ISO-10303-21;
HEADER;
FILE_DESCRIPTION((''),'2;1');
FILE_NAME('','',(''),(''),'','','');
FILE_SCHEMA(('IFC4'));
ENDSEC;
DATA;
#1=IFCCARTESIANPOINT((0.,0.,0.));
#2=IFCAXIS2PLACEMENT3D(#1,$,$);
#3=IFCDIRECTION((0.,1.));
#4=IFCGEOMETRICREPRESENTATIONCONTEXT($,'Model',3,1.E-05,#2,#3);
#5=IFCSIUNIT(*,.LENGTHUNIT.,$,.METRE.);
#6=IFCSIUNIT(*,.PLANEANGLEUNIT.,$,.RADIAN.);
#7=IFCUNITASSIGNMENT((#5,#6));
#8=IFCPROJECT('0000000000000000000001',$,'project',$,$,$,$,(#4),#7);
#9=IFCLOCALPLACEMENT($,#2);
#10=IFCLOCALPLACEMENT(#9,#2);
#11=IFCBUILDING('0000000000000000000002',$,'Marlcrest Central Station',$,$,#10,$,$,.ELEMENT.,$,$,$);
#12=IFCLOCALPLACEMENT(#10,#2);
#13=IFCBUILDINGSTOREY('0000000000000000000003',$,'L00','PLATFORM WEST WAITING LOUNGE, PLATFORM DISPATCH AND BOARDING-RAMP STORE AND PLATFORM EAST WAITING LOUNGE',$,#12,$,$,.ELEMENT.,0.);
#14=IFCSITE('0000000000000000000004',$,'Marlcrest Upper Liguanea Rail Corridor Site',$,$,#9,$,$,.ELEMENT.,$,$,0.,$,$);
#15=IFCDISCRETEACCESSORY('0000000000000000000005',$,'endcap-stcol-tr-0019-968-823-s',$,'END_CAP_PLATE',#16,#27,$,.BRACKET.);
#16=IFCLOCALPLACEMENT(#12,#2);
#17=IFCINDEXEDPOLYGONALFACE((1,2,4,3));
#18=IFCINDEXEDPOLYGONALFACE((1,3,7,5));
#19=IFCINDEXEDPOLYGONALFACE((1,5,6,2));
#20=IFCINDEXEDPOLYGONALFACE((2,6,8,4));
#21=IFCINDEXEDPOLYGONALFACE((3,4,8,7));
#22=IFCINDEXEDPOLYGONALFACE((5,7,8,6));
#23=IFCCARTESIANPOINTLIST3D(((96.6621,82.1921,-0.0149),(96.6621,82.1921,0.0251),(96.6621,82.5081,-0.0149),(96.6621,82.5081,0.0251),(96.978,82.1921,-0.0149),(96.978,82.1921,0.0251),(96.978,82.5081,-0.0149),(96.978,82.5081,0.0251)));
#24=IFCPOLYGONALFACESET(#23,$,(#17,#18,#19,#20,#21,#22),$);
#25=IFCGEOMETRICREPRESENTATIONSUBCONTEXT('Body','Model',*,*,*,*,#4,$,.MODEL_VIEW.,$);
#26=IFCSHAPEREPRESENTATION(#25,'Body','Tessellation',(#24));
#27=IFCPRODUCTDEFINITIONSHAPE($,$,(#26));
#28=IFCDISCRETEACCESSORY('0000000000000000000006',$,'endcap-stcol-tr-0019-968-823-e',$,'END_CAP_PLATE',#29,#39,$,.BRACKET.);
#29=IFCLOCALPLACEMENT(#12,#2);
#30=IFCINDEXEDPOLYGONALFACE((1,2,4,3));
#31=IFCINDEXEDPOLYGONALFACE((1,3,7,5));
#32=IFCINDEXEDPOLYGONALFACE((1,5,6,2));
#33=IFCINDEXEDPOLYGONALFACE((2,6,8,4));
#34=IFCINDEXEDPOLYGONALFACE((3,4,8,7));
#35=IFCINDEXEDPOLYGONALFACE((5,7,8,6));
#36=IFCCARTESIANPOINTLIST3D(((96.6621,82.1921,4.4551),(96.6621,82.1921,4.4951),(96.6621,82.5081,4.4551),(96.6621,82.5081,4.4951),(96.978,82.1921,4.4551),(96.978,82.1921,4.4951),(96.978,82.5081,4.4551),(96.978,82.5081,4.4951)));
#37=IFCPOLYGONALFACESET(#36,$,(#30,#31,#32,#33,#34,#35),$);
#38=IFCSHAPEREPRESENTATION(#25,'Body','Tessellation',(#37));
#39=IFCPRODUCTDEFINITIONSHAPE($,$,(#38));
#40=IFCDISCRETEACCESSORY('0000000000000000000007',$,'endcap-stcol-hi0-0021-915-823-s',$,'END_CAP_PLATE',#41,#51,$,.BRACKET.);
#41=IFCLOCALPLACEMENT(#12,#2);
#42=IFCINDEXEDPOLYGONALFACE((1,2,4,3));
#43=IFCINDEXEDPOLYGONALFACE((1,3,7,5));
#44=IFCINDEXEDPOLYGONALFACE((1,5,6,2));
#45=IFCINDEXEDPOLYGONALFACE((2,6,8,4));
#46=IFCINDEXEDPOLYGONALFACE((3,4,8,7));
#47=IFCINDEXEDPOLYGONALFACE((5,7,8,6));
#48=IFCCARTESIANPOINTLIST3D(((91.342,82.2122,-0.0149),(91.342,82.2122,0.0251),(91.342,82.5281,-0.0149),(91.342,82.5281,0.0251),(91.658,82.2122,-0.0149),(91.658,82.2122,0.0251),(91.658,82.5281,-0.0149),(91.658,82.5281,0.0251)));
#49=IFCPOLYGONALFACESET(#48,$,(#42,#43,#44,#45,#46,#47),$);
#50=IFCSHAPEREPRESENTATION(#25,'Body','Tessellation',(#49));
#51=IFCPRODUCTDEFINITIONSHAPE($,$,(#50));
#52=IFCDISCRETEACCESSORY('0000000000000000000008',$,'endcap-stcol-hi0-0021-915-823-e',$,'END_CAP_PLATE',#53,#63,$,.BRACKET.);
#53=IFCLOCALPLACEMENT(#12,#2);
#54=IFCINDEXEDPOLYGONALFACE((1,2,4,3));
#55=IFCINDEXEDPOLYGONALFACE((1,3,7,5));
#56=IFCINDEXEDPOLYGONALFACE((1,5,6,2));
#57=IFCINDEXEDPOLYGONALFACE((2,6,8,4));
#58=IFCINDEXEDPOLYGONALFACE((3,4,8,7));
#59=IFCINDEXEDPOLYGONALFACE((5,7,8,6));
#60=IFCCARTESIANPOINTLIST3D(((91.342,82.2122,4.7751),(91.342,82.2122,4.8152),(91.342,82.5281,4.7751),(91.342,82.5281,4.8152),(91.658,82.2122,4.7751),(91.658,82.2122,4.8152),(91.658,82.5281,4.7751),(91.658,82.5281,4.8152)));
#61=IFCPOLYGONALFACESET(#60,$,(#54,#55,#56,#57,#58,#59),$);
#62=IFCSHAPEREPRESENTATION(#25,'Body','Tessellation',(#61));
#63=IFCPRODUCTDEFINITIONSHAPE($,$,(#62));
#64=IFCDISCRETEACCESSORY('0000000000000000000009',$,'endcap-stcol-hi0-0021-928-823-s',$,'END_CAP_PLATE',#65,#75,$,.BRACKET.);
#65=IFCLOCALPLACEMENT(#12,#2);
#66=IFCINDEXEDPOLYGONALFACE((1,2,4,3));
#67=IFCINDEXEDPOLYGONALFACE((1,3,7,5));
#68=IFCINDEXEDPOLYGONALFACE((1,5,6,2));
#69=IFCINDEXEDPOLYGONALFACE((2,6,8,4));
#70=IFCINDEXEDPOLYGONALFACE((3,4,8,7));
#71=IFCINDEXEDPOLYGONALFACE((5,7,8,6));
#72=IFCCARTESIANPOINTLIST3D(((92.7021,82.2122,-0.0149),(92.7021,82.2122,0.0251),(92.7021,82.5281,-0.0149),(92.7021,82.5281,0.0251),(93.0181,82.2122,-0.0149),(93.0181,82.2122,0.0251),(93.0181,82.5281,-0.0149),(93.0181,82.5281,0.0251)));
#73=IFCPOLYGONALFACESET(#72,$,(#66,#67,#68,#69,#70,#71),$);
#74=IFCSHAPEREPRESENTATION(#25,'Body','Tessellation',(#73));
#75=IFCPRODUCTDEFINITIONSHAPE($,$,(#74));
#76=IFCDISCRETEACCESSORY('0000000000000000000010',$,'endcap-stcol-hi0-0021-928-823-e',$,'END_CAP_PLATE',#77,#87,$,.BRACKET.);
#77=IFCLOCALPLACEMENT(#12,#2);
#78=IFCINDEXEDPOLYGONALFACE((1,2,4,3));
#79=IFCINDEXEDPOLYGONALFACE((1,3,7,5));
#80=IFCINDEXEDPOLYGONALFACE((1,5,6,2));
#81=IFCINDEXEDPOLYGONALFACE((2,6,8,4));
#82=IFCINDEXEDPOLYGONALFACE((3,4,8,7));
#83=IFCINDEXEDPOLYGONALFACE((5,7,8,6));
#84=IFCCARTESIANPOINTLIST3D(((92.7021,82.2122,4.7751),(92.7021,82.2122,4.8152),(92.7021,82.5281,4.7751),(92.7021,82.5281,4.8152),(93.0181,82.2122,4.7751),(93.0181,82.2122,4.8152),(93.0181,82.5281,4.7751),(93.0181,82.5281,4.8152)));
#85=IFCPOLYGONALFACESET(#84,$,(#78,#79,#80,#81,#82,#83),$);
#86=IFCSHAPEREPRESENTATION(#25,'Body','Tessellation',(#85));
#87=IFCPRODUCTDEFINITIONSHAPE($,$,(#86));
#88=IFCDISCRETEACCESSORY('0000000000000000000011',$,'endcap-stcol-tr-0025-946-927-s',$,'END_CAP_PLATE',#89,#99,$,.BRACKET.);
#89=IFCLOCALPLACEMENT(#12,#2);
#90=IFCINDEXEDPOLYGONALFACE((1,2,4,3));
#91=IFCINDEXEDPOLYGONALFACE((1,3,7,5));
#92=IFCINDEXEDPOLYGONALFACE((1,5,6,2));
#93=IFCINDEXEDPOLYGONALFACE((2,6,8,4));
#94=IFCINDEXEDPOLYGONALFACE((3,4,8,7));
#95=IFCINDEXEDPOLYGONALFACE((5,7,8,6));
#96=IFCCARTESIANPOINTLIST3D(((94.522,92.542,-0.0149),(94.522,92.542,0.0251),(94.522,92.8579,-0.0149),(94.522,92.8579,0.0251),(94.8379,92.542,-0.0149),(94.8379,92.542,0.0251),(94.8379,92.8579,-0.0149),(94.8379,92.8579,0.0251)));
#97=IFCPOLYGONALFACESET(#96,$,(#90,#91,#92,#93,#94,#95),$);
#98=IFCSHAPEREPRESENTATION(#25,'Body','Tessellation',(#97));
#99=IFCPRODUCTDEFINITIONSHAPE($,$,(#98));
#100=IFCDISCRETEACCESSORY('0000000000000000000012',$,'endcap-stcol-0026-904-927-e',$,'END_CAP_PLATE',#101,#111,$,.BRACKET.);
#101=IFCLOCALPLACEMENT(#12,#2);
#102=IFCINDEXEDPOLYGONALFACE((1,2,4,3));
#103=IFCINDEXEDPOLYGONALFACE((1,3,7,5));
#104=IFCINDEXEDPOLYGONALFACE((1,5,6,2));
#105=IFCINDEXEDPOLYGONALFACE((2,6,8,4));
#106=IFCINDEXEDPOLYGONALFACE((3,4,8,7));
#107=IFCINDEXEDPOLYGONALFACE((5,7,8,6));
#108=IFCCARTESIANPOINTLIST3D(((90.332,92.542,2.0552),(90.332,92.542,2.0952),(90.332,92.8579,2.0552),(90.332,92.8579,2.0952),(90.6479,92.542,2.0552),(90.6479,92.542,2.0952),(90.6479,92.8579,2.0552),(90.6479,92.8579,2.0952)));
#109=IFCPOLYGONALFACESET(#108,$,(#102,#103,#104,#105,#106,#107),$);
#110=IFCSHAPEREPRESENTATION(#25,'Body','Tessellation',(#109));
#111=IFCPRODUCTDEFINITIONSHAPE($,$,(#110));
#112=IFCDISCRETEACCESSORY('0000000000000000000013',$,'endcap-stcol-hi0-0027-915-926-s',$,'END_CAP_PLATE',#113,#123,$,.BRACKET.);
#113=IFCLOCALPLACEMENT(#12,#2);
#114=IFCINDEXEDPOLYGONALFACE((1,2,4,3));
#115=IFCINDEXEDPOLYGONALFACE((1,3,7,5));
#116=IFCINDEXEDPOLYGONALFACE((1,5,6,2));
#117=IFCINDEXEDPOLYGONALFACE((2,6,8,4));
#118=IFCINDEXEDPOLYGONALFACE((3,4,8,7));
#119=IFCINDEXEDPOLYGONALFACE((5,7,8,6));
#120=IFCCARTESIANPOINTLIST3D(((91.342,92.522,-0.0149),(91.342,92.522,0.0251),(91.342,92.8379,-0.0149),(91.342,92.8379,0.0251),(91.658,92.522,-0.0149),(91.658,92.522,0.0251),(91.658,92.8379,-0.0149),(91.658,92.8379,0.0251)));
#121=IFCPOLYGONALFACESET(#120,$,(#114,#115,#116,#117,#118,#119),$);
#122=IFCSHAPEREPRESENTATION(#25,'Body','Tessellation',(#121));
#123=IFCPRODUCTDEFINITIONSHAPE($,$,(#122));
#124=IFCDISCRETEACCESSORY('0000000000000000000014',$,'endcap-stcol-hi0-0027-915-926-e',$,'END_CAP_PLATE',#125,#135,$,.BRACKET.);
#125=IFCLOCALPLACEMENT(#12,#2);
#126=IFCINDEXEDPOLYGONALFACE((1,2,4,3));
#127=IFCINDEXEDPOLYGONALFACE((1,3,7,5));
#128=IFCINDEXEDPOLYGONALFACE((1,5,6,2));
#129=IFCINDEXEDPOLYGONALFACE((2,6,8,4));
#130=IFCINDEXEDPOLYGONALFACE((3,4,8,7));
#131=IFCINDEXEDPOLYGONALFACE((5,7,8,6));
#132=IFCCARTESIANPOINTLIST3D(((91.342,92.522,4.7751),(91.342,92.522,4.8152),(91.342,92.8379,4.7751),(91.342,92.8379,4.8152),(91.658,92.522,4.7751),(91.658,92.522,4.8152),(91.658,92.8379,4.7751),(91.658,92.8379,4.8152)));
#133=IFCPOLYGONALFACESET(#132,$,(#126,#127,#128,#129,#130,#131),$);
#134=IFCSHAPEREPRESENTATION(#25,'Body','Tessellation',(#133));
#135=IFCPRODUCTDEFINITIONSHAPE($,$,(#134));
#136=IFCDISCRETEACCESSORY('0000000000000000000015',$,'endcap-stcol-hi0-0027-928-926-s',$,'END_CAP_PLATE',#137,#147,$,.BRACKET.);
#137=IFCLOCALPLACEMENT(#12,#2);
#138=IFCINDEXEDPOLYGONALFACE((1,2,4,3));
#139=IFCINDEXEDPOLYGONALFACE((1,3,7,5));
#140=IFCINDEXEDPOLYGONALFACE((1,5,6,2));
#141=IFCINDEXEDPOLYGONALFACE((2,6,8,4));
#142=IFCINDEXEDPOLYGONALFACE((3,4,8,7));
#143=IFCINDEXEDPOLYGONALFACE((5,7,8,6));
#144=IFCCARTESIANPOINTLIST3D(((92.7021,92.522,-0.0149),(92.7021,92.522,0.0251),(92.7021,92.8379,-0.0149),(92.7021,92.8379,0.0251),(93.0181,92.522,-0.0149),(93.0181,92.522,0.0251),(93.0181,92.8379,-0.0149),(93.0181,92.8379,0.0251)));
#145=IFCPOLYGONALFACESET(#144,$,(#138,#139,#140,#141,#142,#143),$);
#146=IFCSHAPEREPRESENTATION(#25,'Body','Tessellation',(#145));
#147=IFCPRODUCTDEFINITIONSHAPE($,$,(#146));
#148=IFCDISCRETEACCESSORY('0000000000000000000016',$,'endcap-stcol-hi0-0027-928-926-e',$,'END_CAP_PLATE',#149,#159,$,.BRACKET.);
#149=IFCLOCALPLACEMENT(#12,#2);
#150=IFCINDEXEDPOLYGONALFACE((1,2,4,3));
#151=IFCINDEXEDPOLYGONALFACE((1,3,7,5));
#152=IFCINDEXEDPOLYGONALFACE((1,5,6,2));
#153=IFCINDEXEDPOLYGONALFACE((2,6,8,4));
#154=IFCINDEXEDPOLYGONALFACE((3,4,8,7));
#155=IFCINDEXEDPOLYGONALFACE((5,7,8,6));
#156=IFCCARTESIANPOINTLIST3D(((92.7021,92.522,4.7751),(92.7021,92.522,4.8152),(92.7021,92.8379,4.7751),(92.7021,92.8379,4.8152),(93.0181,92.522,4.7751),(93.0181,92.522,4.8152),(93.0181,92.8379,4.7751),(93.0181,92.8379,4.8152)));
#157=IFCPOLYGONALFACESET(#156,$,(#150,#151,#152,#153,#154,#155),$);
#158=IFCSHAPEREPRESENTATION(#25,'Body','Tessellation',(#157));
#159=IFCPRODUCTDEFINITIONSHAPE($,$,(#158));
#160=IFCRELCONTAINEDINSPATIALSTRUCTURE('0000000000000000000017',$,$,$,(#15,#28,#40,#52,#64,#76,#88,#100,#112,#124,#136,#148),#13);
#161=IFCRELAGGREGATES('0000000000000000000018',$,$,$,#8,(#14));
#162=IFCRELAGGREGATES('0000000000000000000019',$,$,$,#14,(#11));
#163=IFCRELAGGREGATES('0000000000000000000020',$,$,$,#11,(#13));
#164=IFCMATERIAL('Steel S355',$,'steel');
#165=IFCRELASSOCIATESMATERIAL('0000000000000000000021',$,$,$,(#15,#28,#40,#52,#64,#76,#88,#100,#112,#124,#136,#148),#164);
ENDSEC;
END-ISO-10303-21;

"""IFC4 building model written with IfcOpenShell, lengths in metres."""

from ifc_helpers import new_model, si_unit, direction, frame, origin, origin_2d, place, context, subcontext, project, spatial, rectangle, extrude, material, element, save


model = new_model("IFC4")

# Units and contexts
model_context = context("Model", 3, precision=1e-05, world=origin(), true_north=direction((0.0, 1.0)))
body_context = subcontext(model_context, "Body", "Model", "MODEL_VIEW")
ifc_project = project(units=[si_unit("LENGTHUNIT", "METRE"), si_unit("PLANEANGLEUNIT", "RADIAN")], contexts=[model_context])

# Site, building, storey
site_placement = place(None, origin())
site = spatial("IfcSite", under=ifc_project, at=site_placement, Name="Marlcrest Upper Liguanea Rail Corridor Site", CompositionType="ELEMENT", RefElevation=0.0)
building_placement = place(site_placement, origin())
building = spatial("IfcBuilding", under=site, at=building_placement, Name="Marlcrest Central Station", CompositionType="ELEMENT")
storey_placement = place(building_placement, origin())
storey = spatial("IfcBuildingStorey", under=building, at=storey_placement, Name="L00", Description="PLATFORM WEST WAITING LOUNGE, PLATFORM DISPATCH AND BOARDING-RAMP STORE AND PLATFORM EAST WAITING LOUNGE", CompositionType="ELEMENT", Elevation=0.0)

# Shared definitions
ifc_material_1 = material(Name="Steel S355", Category="steel")

# Discrete accessories
for number, where, z_axis, x_axis, name in (
    (1, (96.8201, 82.3501, -0.0149), (0.0, 0.0, 1.0), (1.0, 0.0, 0.0), "endcap-stcol-tr-0019-968-823-s"),
    (2, (96.8201, 82.3501, 4.4551), (0.0, 0.0, 1.0), (1.0, 0.0, 0.0), "endcap-stcol-tr-0019-968-823-e"),
    (3, (91.5, 82.3701, -0.0149), (0.0, 0.0, 1.0), (1.0, 0.0, 0.0), "endcap-stcol-hi0-0021-915-823-s"),
    (4, (91.5, 82.3701, 4.7751), (0.0, 0.0, 1.0), (1.0, 0.0, 0.0), "endcap-stcol-hi0-0021-915-823-e"),
    (5, (92.8601, 82.3701, -0.0149), (0.0, 0.0, 1.0), (1.0, 0.0, 0.0), "endcap-stcol-hi0-0021-928-823-s"),
    (6, (92.8601, 82.3701, 4.7751), (0.0, 0.0, 1.0), (1.0, 0.0, 0.0), "endcap-stcol-hi0-0021-928-823-e"),
    (7, (94.6799, 92.7, -0.0149), (0.0, 0.0, 1.0), (1.0, 0.0, 0.0), "endcap-stcol-tr-0025-946-927-s"),
    (8, (90.49, 92.7, 2.0552), (0.0, 0.0, 1.0), (1.0, 0.0, 0.0), "endcap-stcol-0026-904-927-e"),
    (9, (91.5, 92.6799, -0.0149), (0.0, 0.0, 1.0), (1.0, 0.0, 0.0), "endcap-stcol-hi0-0027-915-926-s"),
    (10, (91.5, 92.6799, 4.7751), (0.0, 0.0, 1.0), (1.0, 0.0, 0.0), "endcap-stcol-hi0-0027-915-926-e"),
    (11, (92.8601, 92.6799, -0.0149), (0.0, 0.0, 1.0), (1.0, 0.0, 0.0), "endcap-stcol-hi0-0027-928-926-s"),
    (12, (92.8601, 92.6799, 4.7751), (0.0, 0.0, 1.0), (1.0, 0.0, 0.0), "endcap-stcol-hi0-0027-928-926-e"),
):
    element("IfcDiscreteAccessory", number, at=place(storey_placement, frame(where, z_axis=z_axis, x_axis=x_axis)), inside=storey, material=ifc_material_1, Name=name, ObjectType="END_CAP_PLATE", PredefinedType="BRACKET", context=body_context, shape_type="SweptSolid", body=[
        extrude(rectangle(XDim=0.3159, YDim=0.3159, at=origin_2d()), origin(), (0.0, 0.0, 1.0), 0.04),
    ])

save(model, "model.ifc")
